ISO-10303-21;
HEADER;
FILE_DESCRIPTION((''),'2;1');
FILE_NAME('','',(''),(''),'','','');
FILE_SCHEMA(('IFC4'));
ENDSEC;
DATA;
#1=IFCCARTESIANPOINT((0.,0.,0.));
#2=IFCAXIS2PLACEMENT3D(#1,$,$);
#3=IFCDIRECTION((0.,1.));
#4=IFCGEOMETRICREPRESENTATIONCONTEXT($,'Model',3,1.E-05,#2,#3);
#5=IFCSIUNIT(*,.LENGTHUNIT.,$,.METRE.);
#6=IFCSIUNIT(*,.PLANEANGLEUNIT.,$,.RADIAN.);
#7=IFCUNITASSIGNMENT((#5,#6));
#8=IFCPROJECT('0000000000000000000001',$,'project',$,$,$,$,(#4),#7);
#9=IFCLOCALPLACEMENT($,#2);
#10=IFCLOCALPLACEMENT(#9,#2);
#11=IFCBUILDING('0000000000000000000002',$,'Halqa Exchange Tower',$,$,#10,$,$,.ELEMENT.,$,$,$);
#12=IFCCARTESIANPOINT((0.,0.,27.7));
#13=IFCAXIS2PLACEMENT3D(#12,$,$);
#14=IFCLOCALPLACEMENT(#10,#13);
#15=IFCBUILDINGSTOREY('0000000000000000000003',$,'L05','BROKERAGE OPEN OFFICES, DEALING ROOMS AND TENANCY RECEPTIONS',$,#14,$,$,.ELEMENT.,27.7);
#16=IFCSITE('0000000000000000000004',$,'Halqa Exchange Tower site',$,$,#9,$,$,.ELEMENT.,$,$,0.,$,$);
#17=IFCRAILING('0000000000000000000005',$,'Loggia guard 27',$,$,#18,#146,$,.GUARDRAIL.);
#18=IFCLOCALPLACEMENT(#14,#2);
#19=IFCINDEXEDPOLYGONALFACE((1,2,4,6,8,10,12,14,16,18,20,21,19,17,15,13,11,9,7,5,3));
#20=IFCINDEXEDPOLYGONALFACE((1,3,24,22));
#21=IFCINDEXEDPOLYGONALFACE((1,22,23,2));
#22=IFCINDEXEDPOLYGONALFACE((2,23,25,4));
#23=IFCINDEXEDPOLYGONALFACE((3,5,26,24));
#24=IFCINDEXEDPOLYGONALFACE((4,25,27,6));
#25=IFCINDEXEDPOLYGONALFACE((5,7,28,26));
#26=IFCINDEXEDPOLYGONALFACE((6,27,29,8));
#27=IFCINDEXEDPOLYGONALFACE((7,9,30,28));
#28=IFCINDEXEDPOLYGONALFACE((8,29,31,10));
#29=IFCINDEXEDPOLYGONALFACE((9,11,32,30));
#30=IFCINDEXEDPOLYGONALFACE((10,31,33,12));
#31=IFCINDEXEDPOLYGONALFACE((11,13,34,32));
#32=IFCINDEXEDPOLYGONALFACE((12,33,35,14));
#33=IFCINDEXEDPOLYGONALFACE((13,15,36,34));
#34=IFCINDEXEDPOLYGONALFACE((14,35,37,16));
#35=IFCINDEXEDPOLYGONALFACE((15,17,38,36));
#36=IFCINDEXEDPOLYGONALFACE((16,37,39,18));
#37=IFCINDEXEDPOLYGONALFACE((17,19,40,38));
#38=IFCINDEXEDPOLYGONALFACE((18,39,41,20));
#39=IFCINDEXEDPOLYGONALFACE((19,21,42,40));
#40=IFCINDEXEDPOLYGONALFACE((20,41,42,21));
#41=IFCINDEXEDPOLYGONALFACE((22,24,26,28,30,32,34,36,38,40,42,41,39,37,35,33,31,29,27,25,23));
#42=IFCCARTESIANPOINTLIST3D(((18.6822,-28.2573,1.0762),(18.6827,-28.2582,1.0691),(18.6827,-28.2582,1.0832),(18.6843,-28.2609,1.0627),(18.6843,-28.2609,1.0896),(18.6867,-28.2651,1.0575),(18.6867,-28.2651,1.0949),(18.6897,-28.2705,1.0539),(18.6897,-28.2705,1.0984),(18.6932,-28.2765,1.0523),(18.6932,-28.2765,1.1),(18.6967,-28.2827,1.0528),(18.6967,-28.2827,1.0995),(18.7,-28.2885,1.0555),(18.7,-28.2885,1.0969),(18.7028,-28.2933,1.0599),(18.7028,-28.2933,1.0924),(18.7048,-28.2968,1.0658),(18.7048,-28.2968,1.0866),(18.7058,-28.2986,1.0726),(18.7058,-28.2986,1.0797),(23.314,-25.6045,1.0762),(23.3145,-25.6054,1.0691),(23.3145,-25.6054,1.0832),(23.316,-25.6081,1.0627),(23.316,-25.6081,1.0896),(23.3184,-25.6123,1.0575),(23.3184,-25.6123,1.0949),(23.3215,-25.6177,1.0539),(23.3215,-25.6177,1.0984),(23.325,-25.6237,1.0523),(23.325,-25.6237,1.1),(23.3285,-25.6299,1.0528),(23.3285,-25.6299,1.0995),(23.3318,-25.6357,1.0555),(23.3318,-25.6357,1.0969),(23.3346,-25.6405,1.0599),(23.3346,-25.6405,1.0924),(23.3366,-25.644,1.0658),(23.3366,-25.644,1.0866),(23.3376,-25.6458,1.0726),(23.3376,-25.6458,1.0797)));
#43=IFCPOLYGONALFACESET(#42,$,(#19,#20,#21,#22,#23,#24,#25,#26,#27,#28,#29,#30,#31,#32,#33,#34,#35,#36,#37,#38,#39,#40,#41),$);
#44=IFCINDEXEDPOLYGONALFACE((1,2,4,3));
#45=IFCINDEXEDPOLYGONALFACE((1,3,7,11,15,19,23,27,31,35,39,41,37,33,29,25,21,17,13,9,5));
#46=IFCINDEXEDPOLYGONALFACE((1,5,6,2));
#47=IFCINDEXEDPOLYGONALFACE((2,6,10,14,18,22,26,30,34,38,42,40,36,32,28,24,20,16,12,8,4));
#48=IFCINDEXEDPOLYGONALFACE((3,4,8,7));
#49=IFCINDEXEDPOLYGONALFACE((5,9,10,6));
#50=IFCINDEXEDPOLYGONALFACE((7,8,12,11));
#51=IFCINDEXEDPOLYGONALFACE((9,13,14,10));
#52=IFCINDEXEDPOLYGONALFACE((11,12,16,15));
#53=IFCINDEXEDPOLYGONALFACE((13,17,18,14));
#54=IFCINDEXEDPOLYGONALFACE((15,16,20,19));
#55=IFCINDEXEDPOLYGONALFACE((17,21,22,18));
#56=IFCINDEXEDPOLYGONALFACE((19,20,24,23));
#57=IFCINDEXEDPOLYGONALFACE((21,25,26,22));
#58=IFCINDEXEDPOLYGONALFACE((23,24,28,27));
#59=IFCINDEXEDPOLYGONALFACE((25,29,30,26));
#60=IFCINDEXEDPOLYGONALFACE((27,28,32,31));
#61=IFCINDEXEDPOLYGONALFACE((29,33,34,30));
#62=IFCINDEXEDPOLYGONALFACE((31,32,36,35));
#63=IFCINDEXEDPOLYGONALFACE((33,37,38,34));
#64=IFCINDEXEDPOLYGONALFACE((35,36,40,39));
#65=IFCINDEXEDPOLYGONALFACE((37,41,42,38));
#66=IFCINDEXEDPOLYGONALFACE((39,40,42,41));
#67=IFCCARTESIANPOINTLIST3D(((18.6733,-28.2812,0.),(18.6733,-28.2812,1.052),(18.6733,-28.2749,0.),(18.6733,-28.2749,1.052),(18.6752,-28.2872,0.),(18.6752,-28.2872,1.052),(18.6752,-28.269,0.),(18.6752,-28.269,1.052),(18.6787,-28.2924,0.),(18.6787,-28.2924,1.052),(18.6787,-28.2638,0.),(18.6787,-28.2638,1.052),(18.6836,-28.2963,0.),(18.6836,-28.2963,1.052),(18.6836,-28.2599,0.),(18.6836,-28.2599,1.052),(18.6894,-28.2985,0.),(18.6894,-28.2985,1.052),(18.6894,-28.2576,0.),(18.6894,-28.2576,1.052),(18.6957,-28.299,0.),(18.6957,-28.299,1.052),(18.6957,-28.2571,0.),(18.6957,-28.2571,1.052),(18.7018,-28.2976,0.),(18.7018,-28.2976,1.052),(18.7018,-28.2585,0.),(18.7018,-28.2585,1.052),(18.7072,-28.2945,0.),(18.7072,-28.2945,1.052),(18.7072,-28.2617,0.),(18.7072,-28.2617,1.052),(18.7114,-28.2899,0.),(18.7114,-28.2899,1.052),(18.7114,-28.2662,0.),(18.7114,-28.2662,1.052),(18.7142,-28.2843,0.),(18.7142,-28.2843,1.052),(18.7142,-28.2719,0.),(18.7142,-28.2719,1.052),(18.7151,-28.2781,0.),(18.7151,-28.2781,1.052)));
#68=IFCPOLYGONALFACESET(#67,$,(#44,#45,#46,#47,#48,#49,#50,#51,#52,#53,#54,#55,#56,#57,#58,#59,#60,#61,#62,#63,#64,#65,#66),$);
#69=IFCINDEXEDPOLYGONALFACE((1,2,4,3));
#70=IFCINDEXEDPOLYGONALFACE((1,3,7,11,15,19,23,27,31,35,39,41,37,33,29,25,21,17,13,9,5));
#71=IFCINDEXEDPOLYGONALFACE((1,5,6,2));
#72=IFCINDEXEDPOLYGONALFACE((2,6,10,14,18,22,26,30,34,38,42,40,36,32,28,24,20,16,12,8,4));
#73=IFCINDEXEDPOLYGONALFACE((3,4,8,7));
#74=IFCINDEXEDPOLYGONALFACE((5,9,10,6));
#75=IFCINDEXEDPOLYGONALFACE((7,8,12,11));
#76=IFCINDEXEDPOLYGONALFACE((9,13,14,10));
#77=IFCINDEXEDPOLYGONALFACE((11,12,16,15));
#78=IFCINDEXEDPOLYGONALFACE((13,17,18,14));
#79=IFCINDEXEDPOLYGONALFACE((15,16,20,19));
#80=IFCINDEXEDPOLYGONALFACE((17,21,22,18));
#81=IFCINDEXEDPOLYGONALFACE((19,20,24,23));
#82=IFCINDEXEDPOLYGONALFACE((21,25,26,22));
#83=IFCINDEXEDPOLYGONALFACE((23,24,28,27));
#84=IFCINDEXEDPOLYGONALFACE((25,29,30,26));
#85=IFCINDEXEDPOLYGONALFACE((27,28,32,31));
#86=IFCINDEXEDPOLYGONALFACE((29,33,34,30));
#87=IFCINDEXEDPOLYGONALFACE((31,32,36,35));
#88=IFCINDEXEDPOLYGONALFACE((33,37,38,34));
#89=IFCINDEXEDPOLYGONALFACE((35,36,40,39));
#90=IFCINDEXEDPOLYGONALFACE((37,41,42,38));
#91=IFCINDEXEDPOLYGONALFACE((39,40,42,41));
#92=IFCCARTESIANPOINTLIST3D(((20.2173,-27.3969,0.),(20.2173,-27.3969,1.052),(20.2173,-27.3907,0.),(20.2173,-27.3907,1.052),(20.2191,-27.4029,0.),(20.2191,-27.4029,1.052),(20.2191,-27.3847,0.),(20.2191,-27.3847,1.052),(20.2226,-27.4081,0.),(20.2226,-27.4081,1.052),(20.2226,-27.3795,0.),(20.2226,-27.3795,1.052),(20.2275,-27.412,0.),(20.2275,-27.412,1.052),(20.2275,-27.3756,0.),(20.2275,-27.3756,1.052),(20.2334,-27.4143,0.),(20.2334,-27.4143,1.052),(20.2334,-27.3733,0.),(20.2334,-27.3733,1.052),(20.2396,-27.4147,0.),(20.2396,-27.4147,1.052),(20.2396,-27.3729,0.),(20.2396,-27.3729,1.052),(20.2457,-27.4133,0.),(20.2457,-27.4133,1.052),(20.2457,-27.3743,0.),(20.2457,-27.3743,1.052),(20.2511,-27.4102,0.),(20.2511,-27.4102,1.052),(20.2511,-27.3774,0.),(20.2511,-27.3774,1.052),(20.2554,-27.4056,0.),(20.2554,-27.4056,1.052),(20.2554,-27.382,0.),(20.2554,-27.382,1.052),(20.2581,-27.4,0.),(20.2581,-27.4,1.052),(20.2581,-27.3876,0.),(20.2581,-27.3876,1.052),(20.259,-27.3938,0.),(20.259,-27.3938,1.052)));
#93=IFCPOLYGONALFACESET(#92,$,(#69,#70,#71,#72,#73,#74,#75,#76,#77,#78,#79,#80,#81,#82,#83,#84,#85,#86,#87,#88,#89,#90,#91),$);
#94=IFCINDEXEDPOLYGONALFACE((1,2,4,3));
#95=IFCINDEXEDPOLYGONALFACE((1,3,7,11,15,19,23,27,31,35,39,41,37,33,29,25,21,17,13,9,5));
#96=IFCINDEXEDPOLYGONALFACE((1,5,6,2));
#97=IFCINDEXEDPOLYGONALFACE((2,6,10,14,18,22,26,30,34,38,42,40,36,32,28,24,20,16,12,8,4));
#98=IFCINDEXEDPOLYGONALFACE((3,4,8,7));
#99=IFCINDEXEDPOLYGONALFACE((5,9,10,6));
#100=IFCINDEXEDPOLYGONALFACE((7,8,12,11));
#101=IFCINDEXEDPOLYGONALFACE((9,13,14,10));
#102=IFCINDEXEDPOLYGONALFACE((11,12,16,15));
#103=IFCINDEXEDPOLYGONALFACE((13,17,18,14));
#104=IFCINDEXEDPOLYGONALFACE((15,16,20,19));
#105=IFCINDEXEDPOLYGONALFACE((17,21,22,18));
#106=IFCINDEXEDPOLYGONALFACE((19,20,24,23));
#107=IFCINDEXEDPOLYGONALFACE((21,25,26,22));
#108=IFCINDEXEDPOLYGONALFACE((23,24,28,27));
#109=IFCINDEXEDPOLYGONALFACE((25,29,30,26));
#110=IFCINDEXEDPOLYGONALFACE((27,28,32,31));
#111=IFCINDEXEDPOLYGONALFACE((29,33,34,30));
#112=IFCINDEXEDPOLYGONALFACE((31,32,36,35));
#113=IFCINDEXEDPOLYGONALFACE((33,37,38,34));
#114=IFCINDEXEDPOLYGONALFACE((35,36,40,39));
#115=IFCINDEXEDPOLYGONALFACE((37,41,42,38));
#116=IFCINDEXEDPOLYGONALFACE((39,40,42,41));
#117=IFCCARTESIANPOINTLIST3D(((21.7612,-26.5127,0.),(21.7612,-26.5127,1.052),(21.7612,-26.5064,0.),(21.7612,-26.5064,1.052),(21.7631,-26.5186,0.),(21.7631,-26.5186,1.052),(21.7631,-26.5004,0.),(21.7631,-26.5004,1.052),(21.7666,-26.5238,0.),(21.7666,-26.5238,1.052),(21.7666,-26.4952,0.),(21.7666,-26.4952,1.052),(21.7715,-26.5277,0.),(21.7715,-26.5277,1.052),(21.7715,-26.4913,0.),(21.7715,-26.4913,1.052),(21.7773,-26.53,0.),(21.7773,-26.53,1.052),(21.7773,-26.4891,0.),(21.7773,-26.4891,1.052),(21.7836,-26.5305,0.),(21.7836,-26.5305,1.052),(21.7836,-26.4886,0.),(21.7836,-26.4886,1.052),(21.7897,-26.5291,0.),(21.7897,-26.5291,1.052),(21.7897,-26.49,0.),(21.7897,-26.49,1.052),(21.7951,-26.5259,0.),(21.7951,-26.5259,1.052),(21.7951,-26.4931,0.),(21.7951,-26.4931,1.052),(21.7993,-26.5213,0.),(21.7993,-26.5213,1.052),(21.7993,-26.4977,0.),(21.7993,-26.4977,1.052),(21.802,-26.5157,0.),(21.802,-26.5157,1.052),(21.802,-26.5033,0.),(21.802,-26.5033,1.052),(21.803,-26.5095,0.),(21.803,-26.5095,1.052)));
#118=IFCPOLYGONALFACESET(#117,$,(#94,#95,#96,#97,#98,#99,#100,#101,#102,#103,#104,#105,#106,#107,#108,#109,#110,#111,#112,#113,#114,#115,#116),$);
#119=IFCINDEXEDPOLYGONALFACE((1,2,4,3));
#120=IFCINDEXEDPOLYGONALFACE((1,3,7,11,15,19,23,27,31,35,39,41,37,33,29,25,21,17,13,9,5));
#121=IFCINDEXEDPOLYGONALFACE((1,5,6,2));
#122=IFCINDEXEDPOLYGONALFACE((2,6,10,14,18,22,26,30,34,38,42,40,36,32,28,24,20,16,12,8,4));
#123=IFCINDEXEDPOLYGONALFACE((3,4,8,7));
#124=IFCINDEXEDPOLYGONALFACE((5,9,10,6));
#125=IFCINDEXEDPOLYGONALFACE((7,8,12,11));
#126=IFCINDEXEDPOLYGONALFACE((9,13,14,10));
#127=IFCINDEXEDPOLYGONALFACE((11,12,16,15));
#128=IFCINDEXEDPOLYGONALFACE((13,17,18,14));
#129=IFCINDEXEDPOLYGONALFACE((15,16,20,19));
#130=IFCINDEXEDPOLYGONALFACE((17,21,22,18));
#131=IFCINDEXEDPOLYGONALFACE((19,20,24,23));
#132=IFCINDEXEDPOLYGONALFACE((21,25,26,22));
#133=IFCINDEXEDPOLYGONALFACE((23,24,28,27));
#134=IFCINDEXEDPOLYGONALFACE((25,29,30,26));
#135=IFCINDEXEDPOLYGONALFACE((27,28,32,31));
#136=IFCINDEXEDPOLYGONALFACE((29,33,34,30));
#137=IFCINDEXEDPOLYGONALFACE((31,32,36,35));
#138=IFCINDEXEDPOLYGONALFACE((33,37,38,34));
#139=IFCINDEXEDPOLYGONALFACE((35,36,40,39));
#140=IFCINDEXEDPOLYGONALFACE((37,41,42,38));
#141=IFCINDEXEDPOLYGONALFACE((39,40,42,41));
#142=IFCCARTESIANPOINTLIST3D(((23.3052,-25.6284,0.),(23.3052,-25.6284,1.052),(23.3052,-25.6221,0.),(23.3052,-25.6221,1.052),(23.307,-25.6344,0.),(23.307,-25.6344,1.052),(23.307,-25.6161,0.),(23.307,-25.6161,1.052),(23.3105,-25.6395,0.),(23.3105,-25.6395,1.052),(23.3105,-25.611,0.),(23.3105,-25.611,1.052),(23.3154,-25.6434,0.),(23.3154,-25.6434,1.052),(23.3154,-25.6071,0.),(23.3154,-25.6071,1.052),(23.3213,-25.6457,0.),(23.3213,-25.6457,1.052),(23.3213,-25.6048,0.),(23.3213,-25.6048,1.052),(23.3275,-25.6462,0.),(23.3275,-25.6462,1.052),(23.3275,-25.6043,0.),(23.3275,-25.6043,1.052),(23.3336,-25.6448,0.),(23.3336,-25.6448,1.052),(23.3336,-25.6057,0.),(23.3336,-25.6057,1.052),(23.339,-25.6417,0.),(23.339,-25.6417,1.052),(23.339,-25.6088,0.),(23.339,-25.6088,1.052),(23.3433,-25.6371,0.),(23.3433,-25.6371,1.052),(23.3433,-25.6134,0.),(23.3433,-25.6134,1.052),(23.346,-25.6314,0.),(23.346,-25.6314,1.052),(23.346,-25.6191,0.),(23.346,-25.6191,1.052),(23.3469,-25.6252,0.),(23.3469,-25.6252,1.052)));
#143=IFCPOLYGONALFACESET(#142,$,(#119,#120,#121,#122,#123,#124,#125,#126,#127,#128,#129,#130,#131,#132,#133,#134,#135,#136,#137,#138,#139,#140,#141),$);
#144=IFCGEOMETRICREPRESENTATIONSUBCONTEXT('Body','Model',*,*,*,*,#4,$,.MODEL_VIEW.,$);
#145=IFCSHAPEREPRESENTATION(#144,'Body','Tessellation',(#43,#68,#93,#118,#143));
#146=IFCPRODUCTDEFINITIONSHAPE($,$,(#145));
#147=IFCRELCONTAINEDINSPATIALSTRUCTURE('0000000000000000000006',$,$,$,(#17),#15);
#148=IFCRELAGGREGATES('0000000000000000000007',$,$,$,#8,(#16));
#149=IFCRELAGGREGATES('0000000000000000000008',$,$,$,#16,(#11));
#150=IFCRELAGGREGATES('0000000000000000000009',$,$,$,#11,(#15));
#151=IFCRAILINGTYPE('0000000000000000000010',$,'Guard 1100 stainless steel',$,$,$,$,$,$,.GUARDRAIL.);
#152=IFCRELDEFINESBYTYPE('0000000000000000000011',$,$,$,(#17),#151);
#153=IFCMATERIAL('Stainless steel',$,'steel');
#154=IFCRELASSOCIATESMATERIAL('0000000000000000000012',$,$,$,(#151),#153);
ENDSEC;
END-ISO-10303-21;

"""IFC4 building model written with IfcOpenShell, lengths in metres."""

from ifc_helpers import new_model, si_unit, direction, frame, origin, origin_2d, place, context, subcontext, project, spatial, circle, extrude, material, type_object, element, save


model = new_model("IFC4")

# Units and contexts
model_context = context("Model", 3, precision=1e-05, world=origin(), true_north=direction((0.0, 1.0)))
body_context = subcontext(model_context, "Body", "Model", "MODEL_VIEW")
ifc_project = project(units=[si_unit("LENGTHUNIT", "METRE"), si_unit("PLANEANGLEUNIT", "RADIAN")], contexts=[model_context])

# Site, building, storey
site_placement = place(None, origin())
site = spatial("IfcSite", under=ifc_project, at=site_placement, Name="Halqa Exchange Tower site", CompositionType="ELEMENT", RefElevation=0.0)
building_placement = place(site_placement, origin())
building = spatial("IfcBuilding", under=site, at=building_placement, Name="Halqa Exchange Tower", CompositionType="ELEMENT")
storey_placement = place(building_placement, frame((0.0, 0.0, 27.7)))
storey = spatial("IfcBuildingStorey", under=building, at=storey_placement, Name="L05", Description="BROKERAGE OPEN OFFICES, DEALING ROOMS AND TENANCY RECEPTIONS", CompositionType="ELEMENT", Elevation=27.7)

# Railing
ifc_material_1 = material(Name="Stainless steel", Category="steel")
railing_type = type_object("IfcRailingType", Name="Guard 1100 stainless steel", PredefinedType="GUARDRAIL", material=ifc_material_1)
railing_1_placement = place(storey_placement, frame((18.6941, -28.2781, 0.0)))
element("IfcRailing", 1, at=railing_1_placement, inside=storey, type_object=railing_type, Name="Loggia guard 27", PredefinedType="GUARDRAIL", context=body_context, shape_type="SweptSolid", body=[
    extrude(circle(Radius=0.0239, at=origin_2d()), frame((0.0, 0.0, 1.0762), z_axis=(0.867753, 0.496996, 0.0), x_axis=(-0.496996, 0.867753, 0.0)), (0.0, 0.0, 1.0), 5.3376),
    extrude(circle(Radius=0.021, at=origin_2d()), origin(), (0.0, 0.0, 1.0), 1.052),
    extrude(circle(Radius=0.021, at=origin_2d()), frame((1.5439, 0.8843, 0.0)), (0.0, 0.0, 1.0), 1.052),
    extrude(circle(Radius=0.021, at=origin_2d()), frame((3.0879, 1.7686, 0.0)), (0.0, 0.0, 1.0), 1.052),
    extrude(circle(Radius=0.021, at=origin_2d()), frame((4.6318, 2.6528, 0.0)), (0.0, 0.0, 1.0), 1.052),
])

save(model, "model.ifc")
